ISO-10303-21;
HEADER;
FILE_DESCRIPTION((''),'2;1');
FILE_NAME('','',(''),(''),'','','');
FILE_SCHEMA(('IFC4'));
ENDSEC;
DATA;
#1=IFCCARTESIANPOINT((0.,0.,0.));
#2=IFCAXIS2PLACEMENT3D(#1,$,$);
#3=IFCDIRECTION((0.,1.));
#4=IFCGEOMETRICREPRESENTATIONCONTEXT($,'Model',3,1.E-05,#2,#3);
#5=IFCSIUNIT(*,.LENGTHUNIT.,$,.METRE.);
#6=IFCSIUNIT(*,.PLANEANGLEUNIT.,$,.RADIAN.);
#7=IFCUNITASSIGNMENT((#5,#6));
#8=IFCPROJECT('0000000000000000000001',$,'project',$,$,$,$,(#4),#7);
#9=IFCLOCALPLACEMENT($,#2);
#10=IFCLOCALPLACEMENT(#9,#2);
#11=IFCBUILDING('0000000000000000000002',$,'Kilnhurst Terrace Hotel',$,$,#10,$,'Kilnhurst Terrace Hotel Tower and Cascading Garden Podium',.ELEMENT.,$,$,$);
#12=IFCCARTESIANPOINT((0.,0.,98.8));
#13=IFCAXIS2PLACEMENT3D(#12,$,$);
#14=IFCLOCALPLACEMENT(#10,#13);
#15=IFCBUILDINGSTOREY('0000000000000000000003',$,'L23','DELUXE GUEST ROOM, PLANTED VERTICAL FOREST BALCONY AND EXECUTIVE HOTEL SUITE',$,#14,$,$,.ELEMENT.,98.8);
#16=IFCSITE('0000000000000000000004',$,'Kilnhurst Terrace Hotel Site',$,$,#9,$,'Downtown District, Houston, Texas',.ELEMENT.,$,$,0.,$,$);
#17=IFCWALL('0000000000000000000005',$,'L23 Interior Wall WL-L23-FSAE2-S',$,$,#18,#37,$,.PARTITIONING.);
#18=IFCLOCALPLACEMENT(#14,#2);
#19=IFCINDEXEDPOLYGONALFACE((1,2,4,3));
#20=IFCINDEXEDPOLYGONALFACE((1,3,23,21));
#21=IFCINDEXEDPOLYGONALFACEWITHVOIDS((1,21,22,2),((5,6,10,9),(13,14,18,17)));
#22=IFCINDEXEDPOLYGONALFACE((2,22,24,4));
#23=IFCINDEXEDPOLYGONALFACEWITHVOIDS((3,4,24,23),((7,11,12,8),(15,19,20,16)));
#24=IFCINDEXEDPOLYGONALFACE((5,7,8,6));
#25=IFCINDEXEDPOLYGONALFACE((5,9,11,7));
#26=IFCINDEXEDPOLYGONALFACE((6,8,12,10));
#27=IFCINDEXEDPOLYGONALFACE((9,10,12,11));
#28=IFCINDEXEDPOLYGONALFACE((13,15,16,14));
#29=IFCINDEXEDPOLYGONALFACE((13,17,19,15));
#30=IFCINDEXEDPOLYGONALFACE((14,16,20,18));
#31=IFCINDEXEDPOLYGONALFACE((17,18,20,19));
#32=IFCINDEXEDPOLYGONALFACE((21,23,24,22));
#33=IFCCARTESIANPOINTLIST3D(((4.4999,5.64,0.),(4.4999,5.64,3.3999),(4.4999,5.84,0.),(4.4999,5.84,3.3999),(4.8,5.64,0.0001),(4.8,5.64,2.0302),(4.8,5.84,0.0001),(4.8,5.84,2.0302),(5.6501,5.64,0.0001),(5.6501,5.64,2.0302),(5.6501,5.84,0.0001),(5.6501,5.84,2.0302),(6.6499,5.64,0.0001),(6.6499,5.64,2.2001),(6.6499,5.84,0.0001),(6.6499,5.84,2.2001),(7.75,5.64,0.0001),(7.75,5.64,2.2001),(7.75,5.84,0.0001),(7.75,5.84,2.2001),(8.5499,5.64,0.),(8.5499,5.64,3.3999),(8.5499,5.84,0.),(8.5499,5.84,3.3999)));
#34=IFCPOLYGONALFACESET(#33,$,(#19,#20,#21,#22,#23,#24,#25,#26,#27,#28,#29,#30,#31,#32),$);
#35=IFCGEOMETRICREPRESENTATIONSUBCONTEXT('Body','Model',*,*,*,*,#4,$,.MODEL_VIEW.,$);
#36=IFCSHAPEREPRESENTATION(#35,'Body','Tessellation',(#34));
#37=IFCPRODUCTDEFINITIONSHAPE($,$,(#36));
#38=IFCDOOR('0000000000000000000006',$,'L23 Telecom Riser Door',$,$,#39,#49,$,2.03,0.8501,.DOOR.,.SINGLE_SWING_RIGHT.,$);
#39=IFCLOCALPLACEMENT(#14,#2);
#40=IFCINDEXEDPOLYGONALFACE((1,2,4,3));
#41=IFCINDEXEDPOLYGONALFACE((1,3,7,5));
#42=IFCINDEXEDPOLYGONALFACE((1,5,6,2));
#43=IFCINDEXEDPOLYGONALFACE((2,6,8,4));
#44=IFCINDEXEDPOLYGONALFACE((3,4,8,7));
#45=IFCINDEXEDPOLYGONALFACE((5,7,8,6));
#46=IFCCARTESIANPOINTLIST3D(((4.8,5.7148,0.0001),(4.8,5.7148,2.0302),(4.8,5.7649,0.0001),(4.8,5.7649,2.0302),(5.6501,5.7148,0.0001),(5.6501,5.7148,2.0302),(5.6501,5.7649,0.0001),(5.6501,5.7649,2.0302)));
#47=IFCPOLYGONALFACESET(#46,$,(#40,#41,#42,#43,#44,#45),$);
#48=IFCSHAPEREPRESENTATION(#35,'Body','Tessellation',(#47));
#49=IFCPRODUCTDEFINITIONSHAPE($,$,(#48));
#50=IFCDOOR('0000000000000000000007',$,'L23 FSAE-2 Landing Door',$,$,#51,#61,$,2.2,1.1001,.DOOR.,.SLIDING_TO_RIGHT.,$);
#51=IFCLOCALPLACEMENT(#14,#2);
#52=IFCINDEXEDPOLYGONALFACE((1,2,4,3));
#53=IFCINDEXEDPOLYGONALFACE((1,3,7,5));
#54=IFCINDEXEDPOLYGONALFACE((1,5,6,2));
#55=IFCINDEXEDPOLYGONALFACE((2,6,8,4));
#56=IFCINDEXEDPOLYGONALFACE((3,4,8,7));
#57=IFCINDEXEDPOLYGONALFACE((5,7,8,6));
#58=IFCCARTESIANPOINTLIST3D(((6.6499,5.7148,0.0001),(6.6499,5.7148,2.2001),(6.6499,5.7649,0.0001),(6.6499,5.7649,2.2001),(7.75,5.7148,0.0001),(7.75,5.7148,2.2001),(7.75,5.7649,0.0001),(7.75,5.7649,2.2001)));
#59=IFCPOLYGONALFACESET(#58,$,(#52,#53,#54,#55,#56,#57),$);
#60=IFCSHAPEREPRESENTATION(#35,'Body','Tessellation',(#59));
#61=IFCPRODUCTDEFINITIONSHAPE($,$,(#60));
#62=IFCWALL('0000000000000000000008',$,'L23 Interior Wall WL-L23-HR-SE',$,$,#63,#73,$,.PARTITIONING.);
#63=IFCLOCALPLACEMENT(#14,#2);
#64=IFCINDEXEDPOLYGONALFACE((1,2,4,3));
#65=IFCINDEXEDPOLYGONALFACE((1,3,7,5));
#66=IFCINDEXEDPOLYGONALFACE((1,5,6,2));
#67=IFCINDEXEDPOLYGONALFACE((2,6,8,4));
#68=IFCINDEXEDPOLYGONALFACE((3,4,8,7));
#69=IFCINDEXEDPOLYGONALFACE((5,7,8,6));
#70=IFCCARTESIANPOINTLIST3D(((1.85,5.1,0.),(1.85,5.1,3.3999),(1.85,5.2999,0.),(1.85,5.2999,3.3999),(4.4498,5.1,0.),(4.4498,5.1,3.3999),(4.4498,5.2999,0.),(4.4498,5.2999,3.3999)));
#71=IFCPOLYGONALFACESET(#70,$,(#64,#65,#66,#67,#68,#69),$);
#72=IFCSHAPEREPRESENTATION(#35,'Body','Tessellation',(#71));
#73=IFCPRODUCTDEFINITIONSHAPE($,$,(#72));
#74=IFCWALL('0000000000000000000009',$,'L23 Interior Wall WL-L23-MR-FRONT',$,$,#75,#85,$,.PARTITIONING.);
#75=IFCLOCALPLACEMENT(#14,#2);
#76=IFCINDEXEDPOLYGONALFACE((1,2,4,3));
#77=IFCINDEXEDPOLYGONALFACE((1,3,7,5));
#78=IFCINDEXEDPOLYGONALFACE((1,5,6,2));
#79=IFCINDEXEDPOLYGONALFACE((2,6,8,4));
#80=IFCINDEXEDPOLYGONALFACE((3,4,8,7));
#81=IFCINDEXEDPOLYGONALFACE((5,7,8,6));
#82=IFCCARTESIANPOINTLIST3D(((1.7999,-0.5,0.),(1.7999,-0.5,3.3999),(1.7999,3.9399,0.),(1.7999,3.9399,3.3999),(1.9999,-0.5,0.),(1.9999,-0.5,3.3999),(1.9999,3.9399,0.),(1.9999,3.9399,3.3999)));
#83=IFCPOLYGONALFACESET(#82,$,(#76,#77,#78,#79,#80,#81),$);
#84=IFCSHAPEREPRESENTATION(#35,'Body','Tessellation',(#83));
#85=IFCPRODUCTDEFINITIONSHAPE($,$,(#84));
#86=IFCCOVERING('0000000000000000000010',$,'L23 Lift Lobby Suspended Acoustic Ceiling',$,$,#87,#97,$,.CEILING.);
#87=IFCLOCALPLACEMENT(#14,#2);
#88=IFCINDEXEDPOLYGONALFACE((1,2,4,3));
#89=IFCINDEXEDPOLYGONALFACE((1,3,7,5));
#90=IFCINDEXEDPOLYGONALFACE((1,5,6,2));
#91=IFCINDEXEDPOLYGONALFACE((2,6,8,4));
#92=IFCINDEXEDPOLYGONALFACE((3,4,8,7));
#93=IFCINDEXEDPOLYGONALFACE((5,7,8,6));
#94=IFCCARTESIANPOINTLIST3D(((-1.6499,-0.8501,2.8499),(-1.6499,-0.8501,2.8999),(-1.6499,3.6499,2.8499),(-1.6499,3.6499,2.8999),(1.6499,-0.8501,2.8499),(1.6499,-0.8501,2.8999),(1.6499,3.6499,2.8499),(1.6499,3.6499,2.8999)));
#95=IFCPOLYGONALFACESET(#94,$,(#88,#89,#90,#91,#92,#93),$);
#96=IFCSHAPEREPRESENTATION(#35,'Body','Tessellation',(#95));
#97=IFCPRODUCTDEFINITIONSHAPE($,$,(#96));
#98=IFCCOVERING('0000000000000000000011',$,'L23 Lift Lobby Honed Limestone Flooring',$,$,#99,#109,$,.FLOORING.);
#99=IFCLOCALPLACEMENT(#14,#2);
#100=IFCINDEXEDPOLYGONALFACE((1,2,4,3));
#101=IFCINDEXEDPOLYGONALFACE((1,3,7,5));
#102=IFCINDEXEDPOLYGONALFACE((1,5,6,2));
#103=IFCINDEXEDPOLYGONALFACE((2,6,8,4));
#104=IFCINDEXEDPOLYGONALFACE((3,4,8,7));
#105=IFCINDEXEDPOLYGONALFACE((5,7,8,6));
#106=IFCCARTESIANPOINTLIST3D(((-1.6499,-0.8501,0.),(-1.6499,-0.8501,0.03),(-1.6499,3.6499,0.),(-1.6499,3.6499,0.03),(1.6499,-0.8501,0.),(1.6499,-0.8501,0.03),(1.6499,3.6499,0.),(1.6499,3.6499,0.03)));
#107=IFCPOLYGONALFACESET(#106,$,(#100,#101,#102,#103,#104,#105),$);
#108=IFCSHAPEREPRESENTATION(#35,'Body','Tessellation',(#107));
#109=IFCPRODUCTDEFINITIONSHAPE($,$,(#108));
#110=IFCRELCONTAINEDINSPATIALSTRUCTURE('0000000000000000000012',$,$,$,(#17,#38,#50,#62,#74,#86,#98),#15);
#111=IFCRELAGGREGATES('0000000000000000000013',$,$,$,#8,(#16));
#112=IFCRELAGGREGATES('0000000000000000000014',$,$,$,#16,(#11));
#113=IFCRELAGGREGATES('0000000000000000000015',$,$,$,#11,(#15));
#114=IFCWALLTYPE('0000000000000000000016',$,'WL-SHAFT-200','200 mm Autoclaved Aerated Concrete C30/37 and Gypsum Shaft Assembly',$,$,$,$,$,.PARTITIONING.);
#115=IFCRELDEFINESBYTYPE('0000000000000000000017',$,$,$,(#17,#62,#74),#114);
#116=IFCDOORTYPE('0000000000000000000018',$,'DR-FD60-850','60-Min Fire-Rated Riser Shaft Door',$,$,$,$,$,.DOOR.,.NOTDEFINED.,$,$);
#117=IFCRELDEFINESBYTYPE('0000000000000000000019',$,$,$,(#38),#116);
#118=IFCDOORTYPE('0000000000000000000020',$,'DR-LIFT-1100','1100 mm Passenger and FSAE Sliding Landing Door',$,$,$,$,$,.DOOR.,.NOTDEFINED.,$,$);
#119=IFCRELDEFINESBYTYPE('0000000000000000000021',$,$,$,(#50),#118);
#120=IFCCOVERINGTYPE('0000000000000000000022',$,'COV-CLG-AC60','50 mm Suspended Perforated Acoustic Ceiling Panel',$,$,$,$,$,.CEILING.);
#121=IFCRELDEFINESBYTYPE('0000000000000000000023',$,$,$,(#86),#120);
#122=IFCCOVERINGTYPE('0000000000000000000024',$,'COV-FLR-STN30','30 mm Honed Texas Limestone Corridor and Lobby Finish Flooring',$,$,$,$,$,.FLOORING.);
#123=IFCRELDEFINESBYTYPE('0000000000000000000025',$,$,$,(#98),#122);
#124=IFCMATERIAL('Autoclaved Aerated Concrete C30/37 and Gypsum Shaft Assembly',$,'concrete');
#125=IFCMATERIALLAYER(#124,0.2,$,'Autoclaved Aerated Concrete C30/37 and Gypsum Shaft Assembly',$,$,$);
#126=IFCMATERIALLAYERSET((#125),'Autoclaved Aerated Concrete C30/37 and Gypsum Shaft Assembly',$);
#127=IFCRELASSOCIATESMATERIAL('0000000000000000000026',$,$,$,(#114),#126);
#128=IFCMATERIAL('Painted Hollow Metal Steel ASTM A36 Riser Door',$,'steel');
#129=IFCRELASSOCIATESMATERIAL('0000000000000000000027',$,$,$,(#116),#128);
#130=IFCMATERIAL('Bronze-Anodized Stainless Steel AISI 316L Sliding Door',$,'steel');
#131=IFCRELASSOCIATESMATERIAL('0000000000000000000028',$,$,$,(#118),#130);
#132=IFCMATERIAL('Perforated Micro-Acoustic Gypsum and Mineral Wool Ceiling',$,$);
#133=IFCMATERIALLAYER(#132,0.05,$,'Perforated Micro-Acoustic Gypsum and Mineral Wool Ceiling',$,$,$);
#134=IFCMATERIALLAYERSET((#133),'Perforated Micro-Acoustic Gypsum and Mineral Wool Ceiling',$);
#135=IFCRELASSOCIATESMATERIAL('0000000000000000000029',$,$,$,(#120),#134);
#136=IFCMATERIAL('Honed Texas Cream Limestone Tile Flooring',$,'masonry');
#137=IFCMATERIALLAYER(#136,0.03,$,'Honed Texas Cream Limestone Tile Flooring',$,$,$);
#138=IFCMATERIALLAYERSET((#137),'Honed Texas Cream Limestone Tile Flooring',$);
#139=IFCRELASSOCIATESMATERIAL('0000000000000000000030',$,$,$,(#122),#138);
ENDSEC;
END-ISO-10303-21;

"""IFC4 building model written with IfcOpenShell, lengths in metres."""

from ifc_helpers import new_model, si_unit, direction, frame, frame_2d, origin, place, context, subcontext, project, spatial, polyline, rectangle, outline, extrude, material, layer, layer_set, type_object, element, fill, save


model = new_model("IFC4")

# Units and contexts
model_context = context("Model", 3, precision=1e-05, world=origin(), true_north=direction((0.0, 1.0)))
body_context = subcontext(model_context, "Body", "Model", "MODEL_VIEW")
ifc_project = project(units=[si_unit("LENGTHUNIT", "METRE"), si_unit("PLANEANGLEUNIT", "RADIAN")], contexts=[model_context])

# Site, building, storey
site_placement = place(None, origin())
site = spatial("IfcSite", under=ifc_project, at=site_placement, Name="Kilnhurst Terrace Hotel Site", LongName="Downtown District, Houston, Texas", CompositionType="ELEMENT", RefElevation=0.0)
building_placement = place(site_placement, origin())
building = spatial("IfcBuilding", under=site, at=building_placement, Name="Kilnhurst Terrace Hotel", LongName="Kilnhurst Terrace Hotel Tower and Cascading Garden Podium", CompositionType="ELEMENT")
storey_placement = place(building_placement, frame((0.0, 0.0, 98.8)))
storey = spatial("IfcBuildingStorey", under=building, at=storey_placement, Name="L23", Description="DELUXE GUEST ROOM, PLANTED VERTICAL FOREST BALCONY AND EXECUTIVE HOTEL SUITE", CompositionType="ELEMENT", Elevation=98.8)

# Wall, openings, doors
ifc_material_1 = material(Name="Autoclaved Aerated Concrete C30/37 and Gypsum Shaft Assembly", Category="concrete")
ifc_layer_1 = layer(ifc_material_1, 0.2, Name="Autoclaved Aerated Concrete C30/37 and Gypsum Shaft Assembly")
ifc_layer_set_1 = layer_set([ifc_layer_1], Name="Autoclaved Aerated Concrete C30/37 and Gypsum Shaft Assembly")
wall_type_1 = type_object("IfcWallType", Name="WL-SHAFT-200", Description="200 mm Autoclaved Aerated Concrete C30/37 and Gypsum Shaft Assembly", PredefinedType="PARTITIONING", material=ifc_layer_set_1)
wall_1_placement = place(storey_placement, frame((4.5, 5.74, 0.0), z_axis=(0.0, 0.0, 1.0), x_axis=(1.0, 0.0, 0.0)))
wall_1 = element("IfcWall", 1, at=wall_1_placement, inside=storey, type_object=wall_type_1, Name="L23 Interior Wall WL-L23-FSAE2-S", PredefinedType="PARTITIONING", context=body_context, shape_type="SweptSolid", body=[
    extrude(rectangle(XDim=4.05, YDim=0.2, at=frame_2d((2.0249, 0.0))), origin(), (0.0, 0.0, 1.0), 3.3999),
])
opening_1_placement = place(wall_1_placement, frame((0.3, 0.0, 0.0)))
opening_1 = element("IfcOpeningElement", 2, at=opening_1_placement, cuts=wall_1, PredefinedType="OPENING", context=body_context, shape_type="SweptSolid", body=[
    extrude(rectangle(XDim=0.8501, YDim=2.03, at=frame_2d((0.425, 1.0151))), frame((0.0, 0.1099, 0.0), z_axis=(0.0, -1.0, 0.0), x_axis=(1.0, 0.0, 0.0)), (0.0, 0.0, 1.0), 0.22),
])
opening_2_placement = place(wall_1_placement, frame((2.1499, 0.0, 0.0)))
opening_2 = element("IfcOpeningElement", 3, at=opening_2_placement, cuts=wall_1, PredefinedType="OPENING", context=body_context, shape_type="SweptSolid", body=[
    extrude(rectangle(XDim=1.1001, YDim=2.2, at=frame_2d((0.55, 1.1001))), frame((0.0, 0.1099, 0.0), z_axis=(0.0, -1.0, 0.0), x_axis=(1.0, 0.0, 0.0)), (0.0, 0.0, 1.0), 0.22),
])
ifc_material_2 = material(Name="Painted Hollow Metal Steel ASTM A36 Riser Door", Category="steel")
door_type_1 = type_object("IfcDoorType", Name="DR-FD60-850", Description="60-Min Fire-Rated Riser Shaft Door", OperationType="NOTDEFINED", PredefinedType="DOOR", material=ifc_material_2)
door_1_placement = place(opening_1_placement, origin())
door_1 = element("IfcDoor", 4, at=door_1_placement, inside=storey, type_object=door_type_1, Name="L23 Telecom Riser Door", OperationType="SINGLE_SWING_RIGHT", OverallHeight=2.03, OverallWidth=0.8501, PredefinedType="DOOR", context=body_context, shape_type="SweptSolid", body=[
    extrude(rectangle(XDim=0.8501, YDim=2.03, at=frame_2d((0.425, 1.0151))), frame((0.0, 0.0249, 0.0), z_axis=(0.0, -1.0, 0.0), x_axis=(1.0, 0.0, 0.0)), (0.0, 0.0, 1.0), 0.05),
])
fill(opening_1, door_1)
ifc_material_3 = material(Name="Bronze-Anodized Stainless Steel AISI 316L Sliding Door", Category="steel")
door_type_2 = type_object("IfcDoorType", Name="DR-LIFT-1100", Description="1100 mm Passenger and FSAE Sliding Landing Door", OperationType="NOTDEFINED", PredefinedType="DOOR", material=ifc_material_3)
door_2_placement = place(opening_2_placement, origin())
door_2 = element("IfcDoor", 5, at=door_2_placement, inside=storey, type_object=door_type_2, Name="L23 FSAE-2 Landing Door", OperationType="SLIDING_TO_RIGHT", OverallHeight=2.2, OverallWidth=1.1001, PredefinedType="DOOR", context=body_context, shape_type="SweptSolid", body=[
    extrude(rectangle(XDim=1.1001, YDim=2.2, at=frame_2d((0.55, 1.1001))), frame((0.0, 0.0249, 0.0), z_axis=(0.0, -1.0, 0.0), x_axis=(1.0, 0.0, 0.0)), (0.0, 0.0, 1.0), 0.05),
])
fill(opening_2, door_2)

# Walls
wall_2_placement = place(storey_placement, frame((1.8501, 5.2, 0.0), z_axis=(0.0, 0.0, 1.0), x_axis=(1.0, 0.0, 0.0)))
element("IfcWall", 6, at=wall_2_placement, inside=storey, type_object=wall_type_1, Name="L23 Interior Wall WL-L23-HR-SE", PredefinedType="PARTITIONING", context=body_context, shape_type="SweptSolid", body=[
    extrude(rectangle(XDim=2.5999, YDim=0.2, at=frame_2d((1.2998, 0.0))), origin(), (0.0, 0.0, 1.0), 3.3999),
])
wall_3_placement = place(storey_placement, frame((1.8999, -0.5, 0.0), z_axis=(0.0, 0.0, 1.0), x_axis=(0.0, 1.0, 0.0)))
element("IfcWall", 7, at=wall_3_placement, inside=storey, type_object=wall_type_1, Name="L23 Interior Wall WL-L23-MR-FRONT", PredefinedType="PARTITIONING", context=body_context, shape_type="SweptSolid", body=[
    extrude(rectangle(XDim=4.4399, YDim=0.2, at=frame_2d((2.22, 0.0))), origin(), (0.0, 0.0, 1.0), 3.3999),
])

# Coverings
ifc_material_4 = material(Name="Perforated Micro-Acoustic Gypsum and Mineral Wool Ceiling")
ifc_layer_2 = layer(ifc_material_4, 0.05, Name="Perforated Micro-Acoustic Gypsum and Mineral Wool Ceiling")
ifc_layer_set_2 = layer_set([ifc_layer_2], Name="Perforated Micro-Acoustic Gypsum and Mineral Wool Ceiling")
covering_type_1 = type_object("IfcCoveringType", Name="COV-CLG-AC60", Description="50 mm Suspended Perforated Acoustic Ceiling Panel", PredefinedType="CEILING", material=ifc_layer_set_2)
covering_1_placement = place(storey_placement, frame((0.0, 0.0, 2.8499)))
element("IfcCovering", 8, at=covering_1_placement, inside=storey, type_object=covering_type_1, Name="L23 Lift Lobby Suspended Acoustic Ceiling", PredefinedType="CEILING", context=body_context, shape_type="SweptSolid", body=[
    extrude(outline(polyline([(-1.6499, -0.8501), (1.6499, -0.8501), (1.6499, 3.6499), (-1.6499, 3.6499), (-1.6499, -0.8501)])), origin(), (0.0, 0.0, 1.0), 0.05),
])
ifc_material_5 = material(Name="Honed Texas Cream Limestone Tile Flooring", Category="masonry")
ifc_layer_3 = layer(ifc_material_5, 0.03, Name="Honed Texas Cream Limestone Tile Flooring")
ifc_layer_set_3 = layer_set([ifc_layer_3], Name="Honed Texas Cream Limestone Tile Flooring")
covering_type_2 = type_object("IfcCoveringType", Name="COV-FLR-STN30", Description="30 mm Honed Texas Limestone Corridor and Lobby Finish Flooring", PredefinedType="FLOORING", material=ifc_layer_set_3)
covering_2_placement = place(storey_placement, origin())
element("IfcCovering", 9, at=covering_2_placement, inside=storey, type_object=covering_type_2, Name="L23 Lift Lobby Honed Limestone Flooring", PredefinedType="FLOORING", context=body_context, shape_type="SweptSolid", body=[
    extrude(outline(polyline([(-1.6499, -0.8501), (1.6499, -0.8501), (1.6499, 3.6499), (-1.6499, 3.6499), (-1.6499, -0.8501)])), origin(), (0.0, 0.0, 1.0), 0.03),
])

save(model, "model.ifc")
